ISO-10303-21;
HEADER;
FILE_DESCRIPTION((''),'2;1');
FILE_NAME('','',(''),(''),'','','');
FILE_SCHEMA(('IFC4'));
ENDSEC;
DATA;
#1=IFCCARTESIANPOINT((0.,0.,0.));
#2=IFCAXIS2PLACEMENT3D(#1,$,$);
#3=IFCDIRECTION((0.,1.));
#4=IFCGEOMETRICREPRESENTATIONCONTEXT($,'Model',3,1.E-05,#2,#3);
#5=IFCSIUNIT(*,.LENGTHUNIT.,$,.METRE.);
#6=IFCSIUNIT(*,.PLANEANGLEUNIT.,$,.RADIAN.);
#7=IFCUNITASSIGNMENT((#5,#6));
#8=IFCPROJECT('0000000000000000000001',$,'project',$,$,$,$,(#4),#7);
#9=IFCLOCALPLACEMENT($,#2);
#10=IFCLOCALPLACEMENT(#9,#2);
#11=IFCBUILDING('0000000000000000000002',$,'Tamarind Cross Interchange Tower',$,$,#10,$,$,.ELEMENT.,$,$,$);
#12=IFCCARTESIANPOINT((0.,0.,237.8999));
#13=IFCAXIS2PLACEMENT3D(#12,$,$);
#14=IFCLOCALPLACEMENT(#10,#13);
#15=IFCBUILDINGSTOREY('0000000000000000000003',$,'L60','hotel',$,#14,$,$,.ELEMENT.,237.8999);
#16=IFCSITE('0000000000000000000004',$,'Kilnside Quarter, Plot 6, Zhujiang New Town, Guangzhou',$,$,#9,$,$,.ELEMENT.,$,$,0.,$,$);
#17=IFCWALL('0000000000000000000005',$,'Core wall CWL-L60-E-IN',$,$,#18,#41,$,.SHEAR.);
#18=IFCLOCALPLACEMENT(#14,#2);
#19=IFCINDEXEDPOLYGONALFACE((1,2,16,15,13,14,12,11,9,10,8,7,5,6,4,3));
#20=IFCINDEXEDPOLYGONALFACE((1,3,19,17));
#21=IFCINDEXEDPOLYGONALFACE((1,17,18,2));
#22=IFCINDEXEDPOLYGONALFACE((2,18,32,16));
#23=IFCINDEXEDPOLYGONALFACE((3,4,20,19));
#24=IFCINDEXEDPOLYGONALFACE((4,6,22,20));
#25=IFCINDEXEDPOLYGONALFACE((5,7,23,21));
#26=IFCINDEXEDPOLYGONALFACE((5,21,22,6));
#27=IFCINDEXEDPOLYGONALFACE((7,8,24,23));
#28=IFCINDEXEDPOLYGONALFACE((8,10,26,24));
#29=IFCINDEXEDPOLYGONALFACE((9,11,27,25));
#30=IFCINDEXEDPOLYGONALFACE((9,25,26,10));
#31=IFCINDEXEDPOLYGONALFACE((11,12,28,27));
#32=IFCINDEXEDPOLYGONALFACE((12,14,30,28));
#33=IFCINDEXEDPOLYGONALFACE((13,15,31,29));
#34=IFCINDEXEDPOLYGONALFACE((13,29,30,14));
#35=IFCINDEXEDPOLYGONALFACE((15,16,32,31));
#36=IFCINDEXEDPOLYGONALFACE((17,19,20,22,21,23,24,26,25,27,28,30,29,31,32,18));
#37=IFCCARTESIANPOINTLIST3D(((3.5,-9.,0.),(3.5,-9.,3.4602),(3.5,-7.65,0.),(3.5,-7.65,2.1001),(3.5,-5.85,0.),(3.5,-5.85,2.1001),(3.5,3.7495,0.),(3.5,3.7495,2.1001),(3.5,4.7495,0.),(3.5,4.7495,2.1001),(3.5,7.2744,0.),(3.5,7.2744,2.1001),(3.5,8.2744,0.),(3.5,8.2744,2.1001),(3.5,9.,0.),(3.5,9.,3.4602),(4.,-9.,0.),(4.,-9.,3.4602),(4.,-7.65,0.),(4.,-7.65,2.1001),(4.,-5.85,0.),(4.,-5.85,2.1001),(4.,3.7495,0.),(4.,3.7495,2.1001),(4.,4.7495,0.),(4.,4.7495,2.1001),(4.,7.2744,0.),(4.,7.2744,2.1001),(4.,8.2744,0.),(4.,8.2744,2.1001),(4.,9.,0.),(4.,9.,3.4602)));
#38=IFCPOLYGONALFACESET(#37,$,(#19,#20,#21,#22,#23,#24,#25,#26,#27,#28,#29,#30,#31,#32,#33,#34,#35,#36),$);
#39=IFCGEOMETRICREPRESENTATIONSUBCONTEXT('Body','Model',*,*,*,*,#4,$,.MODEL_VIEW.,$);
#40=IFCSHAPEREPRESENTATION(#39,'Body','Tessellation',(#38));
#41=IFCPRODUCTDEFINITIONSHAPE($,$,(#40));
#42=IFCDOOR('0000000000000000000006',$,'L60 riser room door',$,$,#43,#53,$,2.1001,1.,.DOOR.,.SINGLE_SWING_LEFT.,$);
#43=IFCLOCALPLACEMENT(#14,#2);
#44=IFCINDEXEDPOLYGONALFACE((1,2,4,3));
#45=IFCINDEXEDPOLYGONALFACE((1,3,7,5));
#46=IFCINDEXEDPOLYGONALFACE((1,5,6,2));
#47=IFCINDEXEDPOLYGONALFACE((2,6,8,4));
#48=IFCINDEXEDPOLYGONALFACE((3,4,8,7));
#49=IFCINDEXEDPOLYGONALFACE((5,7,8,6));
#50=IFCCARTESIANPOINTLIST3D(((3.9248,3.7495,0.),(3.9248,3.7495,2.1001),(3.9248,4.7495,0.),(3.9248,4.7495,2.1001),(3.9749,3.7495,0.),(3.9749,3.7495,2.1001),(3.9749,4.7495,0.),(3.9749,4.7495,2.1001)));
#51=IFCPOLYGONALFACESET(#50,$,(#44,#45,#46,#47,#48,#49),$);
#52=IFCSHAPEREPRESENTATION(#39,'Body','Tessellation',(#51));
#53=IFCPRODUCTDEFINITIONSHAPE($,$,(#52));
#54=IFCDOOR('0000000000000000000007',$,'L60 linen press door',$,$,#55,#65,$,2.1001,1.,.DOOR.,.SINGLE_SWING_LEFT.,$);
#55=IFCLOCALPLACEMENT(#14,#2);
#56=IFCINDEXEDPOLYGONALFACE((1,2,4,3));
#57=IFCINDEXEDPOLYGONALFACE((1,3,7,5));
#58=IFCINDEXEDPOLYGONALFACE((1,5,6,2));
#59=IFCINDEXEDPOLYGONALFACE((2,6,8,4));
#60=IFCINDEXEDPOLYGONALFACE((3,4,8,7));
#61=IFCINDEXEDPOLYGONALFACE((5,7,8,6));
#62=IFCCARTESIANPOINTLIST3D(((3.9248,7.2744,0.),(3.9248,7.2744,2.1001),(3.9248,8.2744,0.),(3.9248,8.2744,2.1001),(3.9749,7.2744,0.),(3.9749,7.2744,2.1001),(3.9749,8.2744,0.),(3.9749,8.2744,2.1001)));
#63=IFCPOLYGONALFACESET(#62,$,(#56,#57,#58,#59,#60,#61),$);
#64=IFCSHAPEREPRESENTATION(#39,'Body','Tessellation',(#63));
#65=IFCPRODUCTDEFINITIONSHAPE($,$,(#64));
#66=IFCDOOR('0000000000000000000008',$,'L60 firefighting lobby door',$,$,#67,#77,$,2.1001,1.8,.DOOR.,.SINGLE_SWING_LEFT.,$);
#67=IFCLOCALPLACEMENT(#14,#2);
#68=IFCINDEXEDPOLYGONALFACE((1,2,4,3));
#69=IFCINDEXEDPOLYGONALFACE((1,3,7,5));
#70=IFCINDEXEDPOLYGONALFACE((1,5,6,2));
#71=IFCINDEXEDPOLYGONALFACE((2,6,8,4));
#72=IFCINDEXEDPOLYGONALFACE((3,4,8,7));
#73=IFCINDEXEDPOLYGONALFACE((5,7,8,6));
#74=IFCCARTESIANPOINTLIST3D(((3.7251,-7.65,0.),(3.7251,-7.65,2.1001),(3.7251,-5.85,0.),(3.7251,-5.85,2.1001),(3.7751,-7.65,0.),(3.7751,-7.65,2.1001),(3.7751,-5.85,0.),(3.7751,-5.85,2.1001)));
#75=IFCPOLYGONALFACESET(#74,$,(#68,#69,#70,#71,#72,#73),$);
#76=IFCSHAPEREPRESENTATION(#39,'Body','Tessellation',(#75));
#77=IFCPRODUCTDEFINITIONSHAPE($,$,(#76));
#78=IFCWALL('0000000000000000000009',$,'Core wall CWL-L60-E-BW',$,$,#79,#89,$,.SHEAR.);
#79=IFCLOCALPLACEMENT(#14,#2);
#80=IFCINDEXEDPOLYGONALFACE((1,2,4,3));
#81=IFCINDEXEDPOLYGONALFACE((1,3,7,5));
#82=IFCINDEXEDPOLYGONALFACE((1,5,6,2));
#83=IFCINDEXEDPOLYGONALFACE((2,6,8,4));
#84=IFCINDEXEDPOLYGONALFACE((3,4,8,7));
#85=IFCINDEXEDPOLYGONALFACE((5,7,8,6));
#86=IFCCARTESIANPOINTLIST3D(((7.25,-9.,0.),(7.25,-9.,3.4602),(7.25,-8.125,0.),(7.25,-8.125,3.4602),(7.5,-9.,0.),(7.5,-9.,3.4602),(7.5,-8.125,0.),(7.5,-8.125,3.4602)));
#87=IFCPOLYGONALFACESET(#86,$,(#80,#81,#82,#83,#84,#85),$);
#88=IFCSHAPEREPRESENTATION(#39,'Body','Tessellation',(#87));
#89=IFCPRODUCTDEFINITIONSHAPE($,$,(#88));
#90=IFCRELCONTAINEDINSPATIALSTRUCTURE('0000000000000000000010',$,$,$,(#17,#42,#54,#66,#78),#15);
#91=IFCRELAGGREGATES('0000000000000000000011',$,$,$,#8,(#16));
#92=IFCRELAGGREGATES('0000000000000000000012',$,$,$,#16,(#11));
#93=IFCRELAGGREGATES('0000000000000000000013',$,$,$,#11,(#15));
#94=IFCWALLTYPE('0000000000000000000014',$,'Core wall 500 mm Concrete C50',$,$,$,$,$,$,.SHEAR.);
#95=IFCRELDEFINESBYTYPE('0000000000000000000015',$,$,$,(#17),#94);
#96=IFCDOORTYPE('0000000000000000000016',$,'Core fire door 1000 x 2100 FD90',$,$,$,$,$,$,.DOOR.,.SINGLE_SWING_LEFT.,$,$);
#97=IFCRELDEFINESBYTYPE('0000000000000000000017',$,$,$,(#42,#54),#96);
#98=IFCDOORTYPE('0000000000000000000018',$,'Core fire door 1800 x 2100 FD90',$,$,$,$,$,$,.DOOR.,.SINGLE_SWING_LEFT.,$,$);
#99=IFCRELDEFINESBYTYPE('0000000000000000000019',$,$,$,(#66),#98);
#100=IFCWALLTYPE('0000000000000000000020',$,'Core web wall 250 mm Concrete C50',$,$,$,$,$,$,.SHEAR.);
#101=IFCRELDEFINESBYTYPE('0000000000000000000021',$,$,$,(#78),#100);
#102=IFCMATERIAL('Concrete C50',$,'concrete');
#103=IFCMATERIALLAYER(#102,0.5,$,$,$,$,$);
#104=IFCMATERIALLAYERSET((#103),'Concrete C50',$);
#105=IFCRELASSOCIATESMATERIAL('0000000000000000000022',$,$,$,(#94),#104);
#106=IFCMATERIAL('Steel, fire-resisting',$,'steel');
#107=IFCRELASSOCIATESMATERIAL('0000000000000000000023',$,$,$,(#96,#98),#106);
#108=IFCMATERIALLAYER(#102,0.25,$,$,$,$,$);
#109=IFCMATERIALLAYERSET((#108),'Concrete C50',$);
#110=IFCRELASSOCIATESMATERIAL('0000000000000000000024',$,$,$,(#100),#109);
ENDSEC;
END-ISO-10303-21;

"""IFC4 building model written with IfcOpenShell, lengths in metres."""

from ifc_helpers import new_model, si_unit, direction, frame, frame_2d, origin, place, context, subcontext, project, spatial, rectangle, extrude, material, layer, layer_set, type_object, element, fill, save


model = new_model("IFC4")

# Units and contexts
model_context = context("Model", 3, precision=1e-05, world=origin(), true_north=direction((0.0, 1.0)))
body_context = subcontext(model_context, "Body", "Model", "MODEL_VIEW")
ifc_project = project(units=[si_unit("LENGTHUNIT", "METRE"), si_unit("PLANEANGLEUNIT", "RADIAN")], contexts=[model_context])

# Site, building, storey
site_placement = place(None, origin())
site = spatial("IfcSite", under=ifc_project, at=site_placement, Name="Kilnside Quarter, Plot 6, Zhujiang New Town, Guangzhou", CompositionType="ELEMENT", RefElevation=0.0)
building_placement = place(site_placement, origin())
building = spatial("IfcBuilding", under=site, at=building_placement, Name="Tamarind Cross Interchange Tower", CompositionType="ELEMENT")
storey_placement = place(building_placement, frame((0.0, 0.0, 237.8999)))
storey = spatial("IfcBuildingStorey", under=building, at=storey_placement, Name="L60", Description="hotel", CompositionType="ELEMENT", Elevation=237.8999)

# Wall, openings, doors
ifc_material_1 = material(Name="Concrete C50", Category="concrete")
ifc_layer_1 = layer(ifc_material_1, 0.5)
ifc_layer_set_1 = layer_set([ifc_layer_1], Name="Concrete C50")
wall_type_1 = type_object("IfcWallType", Name="Core wall 500 mm Concrete C50", PredefinedType="SHEAR", material=ifc_layer_set_1)
wall_1_placement = place(storey_placement, frame((3.75, -9.0, 0.0), z_axis=(0.0, 0.0, 1.0), x_axis=(0.0, 1.0, 0.0)))
wall_1 = element("IfcWall", 1, at=wall_1_placement, inside=storey, type_object=wall_type_1, Name="Core wall CWL-L60-E-IN", PredefinedType="SHEAR", context=body_context, shape_type="SweptSolid", body=[
    extrude(rectangle(XDim=18.0, YDim=0.5, at=frame_2d((9.0, 0.0))), origin(), (0.0, 0.0, 1.0), 3.4602),
])
opening_1_placement = place(wall_1_placement, frame((1.3501, 0.0, 0.0)))
opening_1 = element("IfcOpeningElement", 2, at=opening_1_placement, cuts=wall_1, PredefinedType="OPENING", context=body_context, shape_type="SweptSolid", body=[
    extrude(rectangle(XDim=1.8, YDim=2.1001, at=frame_2d((0.8999, 1.05))), frame((0.0, 0.26, 0.0), z_axis=(0.0, -1.0, 0.0), x_axis=(1.0, 0.0, 0.0)), (0.0, 0.0, 1.0), 0.52),
])
opening_2_placement = place(wall_1_placement, frame((12.7495, 0.0, 0.0)))
opening_2 = element("IfcOpeningElement", 3, at=opening_2_placement, cuts=wall_1, PredefinedType="OPENING", context=body_context, shape_type="SweptSolid", body=[
    extrude(rectangle(XDim=1.0, YDim=2.1001, at=frame_2d((0.5, 1.05))), frame((0.0, 0.26, 0.0), z_axis=(0.0, -1.0, 0.0), x_axis=(1.0, 0.0, 0.0)), (0.0, 0.0, 1.0), 0.52),
])
opening_3_placement = place(wall_1_placement, frame((16.2744, 0.0, 0.0)))
opening_3 = element("IfcOpeningElement", 4, at=opening_3_placement, cuts=wall_1, PredefinedType="OPENING", context=body_context, shape_type="SweptSolid", body=[
    extrude(rectangle(XDim=1.0, YDim=2.1001, at=frame_2d((0.5, 1.05))), frame((0.0, 0.26, 0.0), z_axis=(0.0, -1.0, 0.0), x_axis=(1.0, 0.0, 0.0)), (0.0, 0.0, 1.0), 0.52),
])
ifc_material_2 = material(Name="Steel, fire-resisting", Category="steel")
door_type_1 = type_object("IfcDoorType", Name="Core fire door 1000 x 2100 FD90", OperationType="SINGLE_SWING_LEFT", PredefinedType="DOOR", material=ifc_material_2)
door_1_placement = place(opening_2_placement, origin())
door_1 = element("IfcDoor", 5, at=door_1_placement, inside=storey, type_object=door_type_1, Name="L60 riser room door", OperationType="SINGLE_SWING_LEFT", OverallHeight=2.1001, OverallWidth=1.0, PredefinedType="DOOR", context=body_context, shape_type="SweptSolid", body=[
    extrude(rectangle(XDim=1.0, YDim=2.1001, at=frame_2d((0.5, 1.05))), frame((0.0, -0.1748, 0.0), z_axis=(0.0, -1.0, 0.0), x_axis=(1.0, 0.0, 0.0)), (0.0, 0.0, 1.0), 0.05),
])
fill(opening_2, door_1)
door_2_placement = place(opening_3_placement, origin())
door_2 = element("IfcDoor", 6, at=door_2_placement, inside=storey, type_object=door_type_1, Name="L60 linen press door", OperationType="SINGLE_SWING_LEFT", OverallHeight=2.1001, OverallWidth=1.0, PredefinedType="DOOR", context=body_context, shape_type="SweptSolid", body=[
    extrude(rectangle(XDim=1.0, YDim=2.1001, at=frame_2d((0.5, 1.05))), frame((0.0, -0.1748, 0.0), z_axis=(0.0, -1.0, 0.0), x_axis=(1.0, 0.0, 0.0)), (0.0, 0.0, 1.0), 0.05),
])
fill(opening_3, door_2)
door_type_2 = type_object("IfcDoorType", Name="Core fire door 1800 x 2100 FD90", OperationType="SINGLE_SWING_LEFT", PredefinedType="DOOR", material=ifc_material_2)
door_3_placement = place(opening_1_placement, origin())
door_3 = element("IfcDoor", 7, at=door_3_placement, inside=storey, type_object=door_type_2, Name="L60 firefighting lobby door", OperationType="SINGLE_SWING_LEFT", OverallHeight=2.1001, OverallWidth=1.8, PredefinedType="DOOR", context=body_context, shape_type="SweptSolid", body=[
    extrude(rectangle(XDim=1.8, YDim=2.1001, at=frame_2d((0.8999, 1.05))), frame((0.0, 0.0249, 0.0), z_axis=(0.0, -1.0, 0.0), x_axis=(1.0, 0.0, 0.0)), (0.0, 0.0, 1.0), 0.05),
])
fill(opening_1, door_3)

# Wall
ifc_layer_2 = layer(ifc_material_1, 0.25)
ifc_layer_set_2 = layer_set([ifc_layer_2], Name="Concrete C50")
wall_type_2 = type_object("IfcWallType", Name="Core web wall 250 mm Concrete C50", PredefinedType="SHEAR", material=ifc_layer_set_2)
wall_2_placement = place(storey_placement, frame((7.375, -9.0, 0.0), z_axis=(0.0, 0.0, 1.0), x_axis=(0.0, 1.0, 0.0)))
element("IfcWall", 8, at=wall_2_placement, inside=storey, type_object=wall_type_2, Name="Core wall CWL-L60-E-BW", PredefinedType="SHEAR", context=body_context, shape_type="SweptSolid", body=[
    extrude(rectangle(XDim=0.875, YDim=0.25, at=frame_2d((0.4375, 0.0))), origin(), (0.0, 0.0, 1.0), 3.4602),
])

save(model, "model.ifc")
